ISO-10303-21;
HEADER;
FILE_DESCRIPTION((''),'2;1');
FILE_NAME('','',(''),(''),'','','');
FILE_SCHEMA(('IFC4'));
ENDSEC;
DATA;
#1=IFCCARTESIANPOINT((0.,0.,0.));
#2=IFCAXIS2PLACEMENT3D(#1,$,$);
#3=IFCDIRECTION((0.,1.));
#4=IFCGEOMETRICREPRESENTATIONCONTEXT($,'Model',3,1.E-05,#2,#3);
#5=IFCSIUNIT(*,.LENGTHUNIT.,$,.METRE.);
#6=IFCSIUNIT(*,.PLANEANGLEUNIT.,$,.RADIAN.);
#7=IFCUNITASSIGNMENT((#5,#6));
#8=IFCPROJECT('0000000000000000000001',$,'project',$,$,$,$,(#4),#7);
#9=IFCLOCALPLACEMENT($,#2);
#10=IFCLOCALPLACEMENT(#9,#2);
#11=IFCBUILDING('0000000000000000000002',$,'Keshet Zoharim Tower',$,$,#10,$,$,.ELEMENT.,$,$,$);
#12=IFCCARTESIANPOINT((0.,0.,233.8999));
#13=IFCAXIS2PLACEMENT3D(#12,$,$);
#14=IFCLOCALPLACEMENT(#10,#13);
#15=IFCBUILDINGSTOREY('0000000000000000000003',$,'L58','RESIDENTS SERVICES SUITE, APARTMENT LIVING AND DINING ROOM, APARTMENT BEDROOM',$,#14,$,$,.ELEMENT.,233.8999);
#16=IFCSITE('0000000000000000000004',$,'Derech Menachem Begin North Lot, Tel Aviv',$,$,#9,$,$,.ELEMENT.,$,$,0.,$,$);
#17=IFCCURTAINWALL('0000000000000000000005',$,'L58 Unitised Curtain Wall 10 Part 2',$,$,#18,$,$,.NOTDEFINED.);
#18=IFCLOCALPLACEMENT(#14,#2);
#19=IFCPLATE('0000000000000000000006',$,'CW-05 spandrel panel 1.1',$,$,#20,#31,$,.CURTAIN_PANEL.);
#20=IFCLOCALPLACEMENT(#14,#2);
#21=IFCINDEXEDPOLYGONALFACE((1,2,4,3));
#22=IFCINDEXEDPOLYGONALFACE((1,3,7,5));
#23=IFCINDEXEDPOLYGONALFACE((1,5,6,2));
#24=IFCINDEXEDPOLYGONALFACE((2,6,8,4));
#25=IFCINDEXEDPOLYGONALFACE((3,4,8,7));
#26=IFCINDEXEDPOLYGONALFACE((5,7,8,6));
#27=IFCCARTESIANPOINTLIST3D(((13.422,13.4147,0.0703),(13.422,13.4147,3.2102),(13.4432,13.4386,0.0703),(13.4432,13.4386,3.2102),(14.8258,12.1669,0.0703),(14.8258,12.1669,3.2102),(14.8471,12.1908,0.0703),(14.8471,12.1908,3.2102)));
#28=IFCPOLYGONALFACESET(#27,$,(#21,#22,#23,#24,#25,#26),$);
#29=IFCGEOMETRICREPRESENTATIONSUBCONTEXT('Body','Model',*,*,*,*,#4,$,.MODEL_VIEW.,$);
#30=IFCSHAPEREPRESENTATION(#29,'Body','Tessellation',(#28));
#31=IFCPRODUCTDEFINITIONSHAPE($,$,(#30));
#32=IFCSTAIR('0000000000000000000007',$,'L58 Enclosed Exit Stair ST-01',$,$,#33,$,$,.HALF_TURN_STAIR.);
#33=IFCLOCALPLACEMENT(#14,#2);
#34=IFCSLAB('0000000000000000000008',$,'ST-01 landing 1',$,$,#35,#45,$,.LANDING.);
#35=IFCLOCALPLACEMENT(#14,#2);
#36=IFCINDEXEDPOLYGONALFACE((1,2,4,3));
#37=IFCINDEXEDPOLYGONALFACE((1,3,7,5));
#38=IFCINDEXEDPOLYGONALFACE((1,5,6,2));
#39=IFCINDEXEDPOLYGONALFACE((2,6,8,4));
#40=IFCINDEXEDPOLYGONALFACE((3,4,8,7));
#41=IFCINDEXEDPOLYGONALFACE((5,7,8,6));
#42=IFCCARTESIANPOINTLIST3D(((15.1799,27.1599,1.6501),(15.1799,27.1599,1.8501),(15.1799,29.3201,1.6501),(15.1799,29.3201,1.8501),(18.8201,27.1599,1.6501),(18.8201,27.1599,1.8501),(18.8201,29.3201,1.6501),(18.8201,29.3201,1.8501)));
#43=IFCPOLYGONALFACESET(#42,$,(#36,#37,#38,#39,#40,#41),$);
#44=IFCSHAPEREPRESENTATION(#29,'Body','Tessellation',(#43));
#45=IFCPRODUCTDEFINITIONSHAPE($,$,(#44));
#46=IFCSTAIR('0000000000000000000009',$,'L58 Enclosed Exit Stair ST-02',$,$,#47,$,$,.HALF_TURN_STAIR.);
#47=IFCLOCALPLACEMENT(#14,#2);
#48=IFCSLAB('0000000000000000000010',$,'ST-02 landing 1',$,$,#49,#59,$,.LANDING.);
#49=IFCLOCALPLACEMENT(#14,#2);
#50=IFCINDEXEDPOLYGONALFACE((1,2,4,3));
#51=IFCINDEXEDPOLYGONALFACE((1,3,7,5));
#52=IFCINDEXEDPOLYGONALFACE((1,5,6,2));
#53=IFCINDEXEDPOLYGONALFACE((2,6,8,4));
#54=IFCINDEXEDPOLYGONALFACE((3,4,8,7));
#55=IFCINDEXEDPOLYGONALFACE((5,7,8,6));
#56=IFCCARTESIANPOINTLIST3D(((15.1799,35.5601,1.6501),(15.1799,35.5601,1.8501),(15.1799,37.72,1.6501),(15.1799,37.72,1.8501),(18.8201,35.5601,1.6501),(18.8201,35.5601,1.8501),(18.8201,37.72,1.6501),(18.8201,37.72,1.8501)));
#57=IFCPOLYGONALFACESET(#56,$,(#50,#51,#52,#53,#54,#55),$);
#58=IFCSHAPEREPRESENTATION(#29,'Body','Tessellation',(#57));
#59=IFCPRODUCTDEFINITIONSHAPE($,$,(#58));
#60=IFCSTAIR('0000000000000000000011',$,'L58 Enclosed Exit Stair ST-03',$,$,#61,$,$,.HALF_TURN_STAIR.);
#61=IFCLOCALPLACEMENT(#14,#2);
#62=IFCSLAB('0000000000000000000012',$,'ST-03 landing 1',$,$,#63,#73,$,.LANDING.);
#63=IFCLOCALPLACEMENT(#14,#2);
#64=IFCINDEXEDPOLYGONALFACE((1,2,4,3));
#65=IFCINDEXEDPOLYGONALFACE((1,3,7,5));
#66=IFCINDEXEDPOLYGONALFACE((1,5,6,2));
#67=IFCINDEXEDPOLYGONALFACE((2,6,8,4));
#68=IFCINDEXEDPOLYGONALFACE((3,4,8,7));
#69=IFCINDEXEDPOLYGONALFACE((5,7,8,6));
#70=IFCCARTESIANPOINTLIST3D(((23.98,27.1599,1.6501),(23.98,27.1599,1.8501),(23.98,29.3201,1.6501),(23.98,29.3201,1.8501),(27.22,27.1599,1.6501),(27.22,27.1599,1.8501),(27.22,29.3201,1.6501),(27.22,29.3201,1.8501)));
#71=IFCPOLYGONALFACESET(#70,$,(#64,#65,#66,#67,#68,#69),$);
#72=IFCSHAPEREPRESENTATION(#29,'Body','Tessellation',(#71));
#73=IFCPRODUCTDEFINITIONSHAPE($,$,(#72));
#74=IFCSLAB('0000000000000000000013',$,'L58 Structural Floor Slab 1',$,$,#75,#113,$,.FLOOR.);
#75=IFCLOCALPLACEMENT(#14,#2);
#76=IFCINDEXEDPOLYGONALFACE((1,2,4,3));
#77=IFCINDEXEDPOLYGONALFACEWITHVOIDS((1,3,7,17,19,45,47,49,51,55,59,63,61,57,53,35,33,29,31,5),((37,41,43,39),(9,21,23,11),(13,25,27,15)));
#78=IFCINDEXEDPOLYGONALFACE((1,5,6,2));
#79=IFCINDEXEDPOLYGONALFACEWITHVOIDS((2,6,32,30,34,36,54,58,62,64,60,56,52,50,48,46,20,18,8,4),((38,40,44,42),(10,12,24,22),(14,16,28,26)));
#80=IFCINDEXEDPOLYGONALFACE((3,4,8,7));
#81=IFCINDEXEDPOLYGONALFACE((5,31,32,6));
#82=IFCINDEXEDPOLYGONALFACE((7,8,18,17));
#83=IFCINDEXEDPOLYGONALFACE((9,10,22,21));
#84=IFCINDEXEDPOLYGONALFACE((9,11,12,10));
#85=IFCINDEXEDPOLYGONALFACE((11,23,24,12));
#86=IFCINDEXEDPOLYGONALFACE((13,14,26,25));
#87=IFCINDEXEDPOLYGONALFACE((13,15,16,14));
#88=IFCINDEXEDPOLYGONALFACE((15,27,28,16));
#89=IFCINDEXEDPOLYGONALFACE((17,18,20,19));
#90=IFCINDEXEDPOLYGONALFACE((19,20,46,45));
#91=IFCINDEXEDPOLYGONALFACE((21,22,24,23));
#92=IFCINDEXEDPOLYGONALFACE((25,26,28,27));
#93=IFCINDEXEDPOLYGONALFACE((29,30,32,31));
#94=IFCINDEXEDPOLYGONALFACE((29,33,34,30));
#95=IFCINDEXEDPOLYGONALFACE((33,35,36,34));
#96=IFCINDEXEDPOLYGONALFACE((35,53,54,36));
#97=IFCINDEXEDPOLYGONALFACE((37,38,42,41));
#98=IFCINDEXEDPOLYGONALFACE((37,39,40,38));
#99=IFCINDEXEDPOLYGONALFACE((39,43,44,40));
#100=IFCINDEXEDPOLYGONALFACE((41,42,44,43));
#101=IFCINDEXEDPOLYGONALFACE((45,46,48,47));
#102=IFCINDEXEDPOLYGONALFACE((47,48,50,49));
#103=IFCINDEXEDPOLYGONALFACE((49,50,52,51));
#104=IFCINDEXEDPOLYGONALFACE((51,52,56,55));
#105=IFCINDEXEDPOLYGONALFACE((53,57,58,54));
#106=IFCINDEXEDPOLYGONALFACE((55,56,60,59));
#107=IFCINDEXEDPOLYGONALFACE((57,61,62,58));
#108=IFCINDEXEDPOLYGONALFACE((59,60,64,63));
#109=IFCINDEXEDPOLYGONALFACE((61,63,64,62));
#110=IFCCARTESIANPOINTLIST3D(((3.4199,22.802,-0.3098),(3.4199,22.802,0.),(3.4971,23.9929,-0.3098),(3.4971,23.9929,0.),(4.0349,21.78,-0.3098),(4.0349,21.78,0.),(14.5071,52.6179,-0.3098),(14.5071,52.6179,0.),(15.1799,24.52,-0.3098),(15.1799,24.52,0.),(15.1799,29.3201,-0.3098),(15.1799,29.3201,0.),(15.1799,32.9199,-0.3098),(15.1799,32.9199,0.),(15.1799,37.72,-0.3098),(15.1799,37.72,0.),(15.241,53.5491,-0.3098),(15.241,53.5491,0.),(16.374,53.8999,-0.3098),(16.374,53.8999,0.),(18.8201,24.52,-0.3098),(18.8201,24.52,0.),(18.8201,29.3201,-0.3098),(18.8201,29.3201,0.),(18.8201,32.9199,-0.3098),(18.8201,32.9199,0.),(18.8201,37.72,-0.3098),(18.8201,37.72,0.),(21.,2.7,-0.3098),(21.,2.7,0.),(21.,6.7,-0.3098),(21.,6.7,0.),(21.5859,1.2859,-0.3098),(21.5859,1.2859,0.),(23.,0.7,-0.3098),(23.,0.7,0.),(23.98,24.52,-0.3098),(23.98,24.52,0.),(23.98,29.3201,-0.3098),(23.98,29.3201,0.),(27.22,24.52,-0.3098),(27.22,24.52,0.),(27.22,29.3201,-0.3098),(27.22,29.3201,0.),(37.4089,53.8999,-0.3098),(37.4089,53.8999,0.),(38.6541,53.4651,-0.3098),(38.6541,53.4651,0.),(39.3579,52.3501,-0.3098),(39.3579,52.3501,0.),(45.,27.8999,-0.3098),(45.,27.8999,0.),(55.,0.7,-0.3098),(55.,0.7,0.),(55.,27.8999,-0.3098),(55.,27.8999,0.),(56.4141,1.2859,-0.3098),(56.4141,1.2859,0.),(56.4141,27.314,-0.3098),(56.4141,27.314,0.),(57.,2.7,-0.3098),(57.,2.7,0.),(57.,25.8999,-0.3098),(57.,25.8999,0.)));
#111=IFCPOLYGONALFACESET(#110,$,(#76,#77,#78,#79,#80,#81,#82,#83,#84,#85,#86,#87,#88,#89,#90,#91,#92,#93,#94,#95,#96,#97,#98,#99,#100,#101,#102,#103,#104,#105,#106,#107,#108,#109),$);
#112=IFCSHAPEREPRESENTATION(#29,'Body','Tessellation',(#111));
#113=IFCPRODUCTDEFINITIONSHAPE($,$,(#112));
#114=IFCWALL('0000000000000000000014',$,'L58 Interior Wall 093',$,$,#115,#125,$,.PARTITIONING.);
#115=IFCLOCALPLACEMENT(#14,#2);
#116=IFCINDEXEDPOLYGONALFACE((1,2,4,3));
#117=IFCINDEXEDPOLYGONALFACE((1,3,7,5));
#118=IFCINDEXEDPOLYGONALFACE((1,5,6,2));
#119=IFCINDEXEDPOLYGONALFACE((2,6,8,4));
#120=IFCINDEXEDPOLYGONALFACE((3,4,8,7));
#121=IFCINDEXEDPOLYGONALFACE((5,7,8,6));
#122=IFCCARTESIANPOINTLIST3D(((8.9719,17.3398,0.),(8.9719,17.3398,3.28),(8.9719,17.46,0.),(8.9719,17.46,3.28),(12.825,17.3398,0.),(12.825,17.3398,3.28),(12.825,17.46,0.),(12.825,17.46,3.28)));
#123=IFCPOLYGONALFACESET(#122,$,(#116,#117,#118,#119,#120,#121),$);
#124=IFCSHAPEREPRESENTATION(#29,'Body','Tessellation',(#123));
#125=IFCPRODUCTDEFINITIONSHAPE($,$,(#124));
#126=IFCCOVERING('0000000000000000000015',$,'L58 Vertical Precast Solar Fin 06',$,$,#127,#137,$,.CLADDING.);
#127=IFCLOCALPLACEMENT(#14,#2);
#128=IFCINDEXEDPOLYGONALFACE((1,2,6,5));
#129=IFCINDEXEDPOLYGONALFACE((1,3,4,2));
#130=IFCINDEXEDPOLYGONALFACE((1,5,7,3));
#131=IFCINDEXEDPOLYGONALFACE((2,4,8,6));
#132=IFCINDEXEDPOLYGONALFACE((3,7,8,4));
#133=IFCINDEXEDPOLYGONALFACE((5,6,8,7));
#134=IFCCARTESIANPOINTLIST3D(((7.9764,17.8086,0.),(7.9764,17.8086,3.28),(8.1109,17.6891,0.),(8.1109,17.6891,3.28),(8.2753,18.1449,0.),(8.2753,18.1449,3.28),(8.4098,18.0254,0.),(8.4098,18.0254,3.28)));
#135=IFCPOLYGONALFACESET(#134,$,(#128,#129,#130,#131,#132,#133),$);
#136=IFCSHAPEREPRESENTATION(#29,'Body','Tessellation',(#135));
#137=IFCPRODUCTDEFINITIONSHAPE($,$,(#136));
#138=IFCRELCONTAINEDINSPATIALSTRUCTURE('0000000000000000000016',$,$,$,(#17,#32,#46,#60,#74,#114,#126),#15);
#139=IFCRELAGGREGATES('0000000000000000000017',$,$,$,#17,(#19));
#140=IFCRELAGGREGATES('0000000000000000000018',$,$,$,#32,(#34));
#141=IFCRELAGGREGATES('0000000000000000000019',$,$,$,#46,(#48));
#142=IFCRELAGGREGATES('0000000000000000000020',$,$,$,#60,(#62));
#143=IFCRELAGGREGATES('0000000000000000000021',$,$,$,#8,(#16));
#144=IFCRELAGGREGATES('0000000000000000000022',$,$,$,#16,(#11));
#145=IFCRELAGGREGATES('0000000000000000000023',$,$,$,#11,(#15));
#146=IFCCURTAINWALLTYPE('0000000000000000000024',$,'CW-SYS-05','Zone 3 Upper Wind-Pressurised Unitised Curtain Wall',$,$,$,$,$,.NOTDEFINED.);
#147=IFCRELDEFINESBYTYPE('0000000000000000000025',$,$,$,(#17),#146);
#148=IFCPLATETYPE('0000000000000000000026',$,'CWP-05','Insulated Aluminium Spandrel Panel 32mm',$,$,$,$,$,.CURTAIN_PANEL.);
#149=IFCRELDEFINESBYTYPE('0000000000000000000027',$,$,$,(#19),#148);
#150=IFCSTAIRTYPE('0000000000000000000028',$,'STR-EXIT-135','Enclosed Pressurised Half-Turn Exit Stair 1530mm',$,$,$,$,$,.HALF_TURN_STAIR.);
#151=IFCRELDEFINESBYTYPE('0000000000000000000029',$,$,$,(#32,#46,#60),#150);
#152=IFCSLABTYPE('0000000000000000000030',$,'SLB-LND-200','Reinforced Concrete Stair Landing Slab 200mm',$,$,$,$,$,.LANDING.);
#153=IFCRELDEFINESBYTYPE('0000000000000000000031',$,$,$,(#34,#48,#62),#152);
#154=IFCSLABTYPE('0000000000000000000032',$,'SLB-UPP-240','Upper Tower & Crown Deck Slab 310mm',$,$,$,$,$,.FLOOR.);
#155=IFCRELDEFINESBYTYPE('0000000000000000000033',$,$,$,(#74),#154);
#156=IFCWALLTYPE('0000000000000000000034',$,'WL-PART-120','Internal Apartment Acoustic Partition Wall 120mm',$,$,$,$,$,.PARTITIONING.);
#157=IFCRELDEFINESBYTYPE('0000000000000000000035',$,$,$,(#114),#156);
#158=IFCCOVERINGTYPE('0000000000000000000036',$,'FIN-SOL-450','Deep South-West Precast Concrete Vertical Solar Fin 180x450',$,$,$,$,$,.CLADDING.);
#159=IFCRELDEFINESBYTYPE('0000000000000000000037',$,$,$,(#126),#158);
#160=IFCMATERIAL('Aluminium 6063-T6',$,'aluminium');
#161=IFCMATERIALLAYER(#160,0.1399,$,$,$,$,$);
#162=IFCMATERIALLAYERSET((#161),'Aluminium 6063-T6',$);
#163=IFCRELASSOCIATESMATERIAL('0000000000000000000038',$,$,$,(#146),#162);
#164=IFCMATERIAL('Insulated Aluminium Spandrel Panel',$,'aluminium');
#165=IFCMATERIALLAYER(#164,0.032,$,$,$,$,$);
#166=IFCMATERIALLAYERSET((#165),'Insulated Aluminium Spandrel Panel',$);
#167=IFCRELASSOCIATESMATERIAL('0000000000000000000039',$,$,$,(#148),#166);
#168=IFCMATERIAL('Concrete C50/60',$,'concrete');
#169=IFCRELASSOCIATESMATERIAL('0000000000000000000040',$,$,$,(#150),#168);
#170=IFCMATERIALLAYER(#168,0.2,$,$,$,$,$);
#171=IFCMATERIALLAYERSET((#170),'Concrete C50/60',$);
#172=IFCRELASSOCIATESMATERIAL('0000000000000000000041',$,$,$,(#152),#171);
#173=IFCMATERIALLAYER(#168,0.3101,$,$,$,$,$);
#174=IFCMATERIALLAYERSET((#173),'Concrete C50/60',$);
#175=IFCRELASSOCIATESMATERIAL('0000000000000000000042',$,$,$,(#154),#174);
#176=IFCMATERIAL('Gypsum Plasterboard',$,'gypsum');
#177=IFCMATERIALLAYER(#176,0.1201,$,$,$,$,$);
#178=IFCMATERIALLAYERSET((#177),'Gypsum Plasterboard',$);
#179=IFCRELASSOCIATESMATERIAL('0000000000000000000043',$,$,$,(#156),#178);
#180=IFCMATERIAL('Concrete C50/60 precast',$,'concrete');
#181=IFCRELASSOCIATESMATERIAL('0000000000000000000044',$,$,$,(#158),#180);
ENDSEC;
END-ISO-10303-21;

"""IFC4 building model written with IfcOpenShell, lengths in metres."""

from ifc_helpers import new_model, si_unit, direction, frame, frame_2d, origin, origin_2d, place, context, subcontext, project, spatial, polyline, rectangle, outline, extrude, material, layer, layer_set, type_object, element, aggregate, save


model = new_model("IFC4")

# Units and contexts
model_context = context("Model", 3, precision=1e-05, world=origin(), true_north=direction((0.0, 1.0)))
body_context = subcontext(model_context, "Body", "Model", "MODEL_VIEW")
ifc_project = project(units=[si_unit("LENGTHUNIT", "METRE"), si_unit("PLANEANGLEUNIT", "RADIAN")], contexts=[model_context])

# Site, building, storey
site_placement = place(None, origin())
site = spatial("IfcSite", under=ifc_project, at=site_placement, Name="Derech Menachem Begin North Lot, Tel Aviv", CompositionType="ELEMENT", RefElevation=0.0)
building_placement = place(site_placement, origin())
building = spatial("IfcBuilding", under=site, at=building_placement, Name="Keshet Zoharim Tower", CompositionType="ELEMENT")
storey_placement = place(building_placement, frame((0.0, 0.0, 233.8999)))
storey = spatial("IfcBuildingStorey", under=building, at=storey_placement, Name="L58", Description="RESIDENTS SERVICES SUITE, APARTMENT LIVING AND DINING ROOM, APARTMENT BEDROOM", CompositionType="ELEMENT", Elevation=233.8999)

# Shared definitions
ifc_material_1 = material(Name="Concrete C50/60", Category="concrete")

# Shared definitions
ifc_material_2 = material(Name="Aluminium 6063-T6", Category="aluminium")
ifc_layer_1 = layer(ifc_material_2, 0.1399)
ifc_layer_set_1 = layer_set([ifc_layer_1], Name="Aluminium 6063-T6")
curtain_wall_type = type_object("IfcCurtainWallType", Name="CW-SYS-05", Description="Zone 3 Upper Wind-Pressurised Unitised Curtain Wall", PredefinedType="NOTDEFINED", material=ifc_layer_set_1)

# Curtain wall
curtain_wall_1_placement = place(storey_placement, origin())
curtain_wall_1 = element("IfcCurtainWall", 1, at=curtain_wall_1_placement, inside=storey, type_object=curtain_wall_type, Name="L58 Unitised Curtain Wall 10 Part 2", PredefinedType="NOTDEFINED")

# Plate
ifc_material_3 = material(Name="Insulated Aluminium Spandrel Panel", Category="aluminium")
ifc_layer_2 = layer(ifc_material_3, 0.032)
ifc_layer_set_2 = layer_set([ifc_layer_2], Name="Insulated Aluminium Spandrel Panel")
plate_type_1 = type_object("IfcPlateType", Name="CWP-05", Description="Insulated Aluminium Spandrel Panel 32mm", PredefinedType="CURTAIN_PANEL", material=ifc_layer_set_2)
plate_1_placement = place(storey_placement, frame((14.1345, 12.8027, 0.0703), z_axis=(0.0, 0.0, 1.0), x_axis=(-0.747435, 0.664335, 0.0)))
plate_1 = element("IfcPlate", 2, at=plate_1_placement, type_object=plate_type_1, Name="CW-05 spandrel panel 1.1", PredefinedType="CURTAIN_PANEL", context=body_context, shape_type="SweptSolid", body=[
    extrude(rectangle(XDim=1.8782, YDim=0.032, at=origin_2d()), origin(), (0.0, 0.0, 1.0), 3.1399),
])
aggregate(curtain_wall_1, [plate_1])

# Stairs, slabs
stair_type = type_object("IfcStairType", Name="STR-EXIT-135", Description="Enclosed Pressurised Half-Turn Exit Stair 1530mm", PredefinedType="HALF_TURN_STAIR", material=ifc_material_1)
stair_1_placement = place(storey_placement, origin())
stair_1 = element("IfcStair", 3, at=stair_1_placement, inside=storey, type_object=stair_type, Name="L58 Enclosed Exit Stair ST-01", PredefinedType="HALF_TURN_STAIR")
ifc_layer_3 = layer(ifc_material_1, 0.2)
ifc_layer_set_3 = layer_set([ifc_layer_3], Name="Concrete C50/60")
slab_type_1 = type_object("IfcSlabType", Name="SLB-LND-200", Description="Reinforced Concrete Stair Landing Slab 200mm", PredefinedType="LANDING", material=ifc_layer_set_3)
slab_1_placement = place(storey_placement, frame((0.0, 0.0, 1.6501)))
slab_1 = element("IfcSlab", 4, at=slab_1_placement, type_object=slab_type_1, Name="ST-01 landing 1", PredefinedType="LANDING", context=body_context, shape_type="SweptSolid", body=[
    extrude(outline(polyline([(15.1799, 27.1599), (18.8201, 27.1599), (18.8201, 29.3201), (15.1799, 29.3201), (15.1799, 27.1599)])), origin(), (0.0, 0.0, 1.0), 0.2),
])
aggregate(stair_1, [slab_1])
stair_2_placement = place(storey_placement, origin())
stair_2 = element("IfcStair", 5, at=stair_2_placement, inside=storey, type_object=stair_type, Name="L58 Enclosed Exit Stair ST-02", PredefinedType="HALF_TURN_STAIR")
slab_2_placement = place(storey_placement, frame((0.0, 0.0, 1.6501)))
slab_2 = element("IfcSlab", 6, at=slab_2_placement, type_object=slab_type_1, Name="ST-02 landing 1", PredefinedType="LANDING", context=body_context, shape_type="SweptSolid", body=[
    extrude(outline(polyline([(15.1799, 35.5601), (18.8201, 35.5601), (18.8201, 37.72), (15.1799, 37.72), (15.1799, 35.5601)])), origin(), (0.0, 0.0, 1.0), 0.2),
])
aggregate(stair_2, [slab_2])
stair_3_placement = place(storey_placement, origin())
stair_3 = element("IfcStair", 7, at=stair_3_placement, inside=storey, type_object=stair_type, Name="L58 Enclosed Exit Stair ST-03", PredefinedType="HALF_TURN_STAIR")
slab_3_placement = place(storey_placement, frame((0.0, 0.0, 1.6501)))
slab_3 = element("IfcSlab", 8, at=slab_3_placement, type_object=slab_type_1, Name="ST-03 landing 1", PredefinedType="LANDING", context=body_context, shape_type="SweptSolid", body=[
    extrude(outline(polyline([(23.98, 27.1599), (27.22, 27.1599), (27.22, 29.3201), (23.98, 29.3201), (23.98, 27.1599)])), origin(), (0.0, 0.0, 1.0), 0.2),
])
aggregate(stair_3, [slab_3])

# Slab
ifc_layer_4 = layer(ifc_material_1, 0.3101)
ifc_layer_set_4 = layer_set([ifc_layer_4], Name="Concrete C50/60")
slab_type_2 = type_object("IfcSlabType", Name="SLB-UPP-240", Description="Upper Tower & Crown Deck Slab 310mm", PredefinedType="FLOOR", material=ifc_layer_set_4)
slab_4_placement = place(storey_placement, frame((0.0, 0.0, -0.3098)))
element("IfcSlab", 9, at=slab_4_placement, inside=storey, type_object=slab_type_2, Name="L58 Structural Floor Slab 1", PredefinedType="FLOOR", context=body_context, shape_type="SweptSolid", body=[
    extrude(outline(polyline([(55.0, 27.8999), (56.4141, 27.314), (57.0, 25.8999), (57.0, 2.7), (56.4141, 1.2859), (55.0, 0.7), (23.0, 0.7), (21.5859, 1.2859), (21.0, 2.7), (21.0, 6.7), (4.0349, 21.78), (3.4199, 22.802), (3.4971, 23.9929), (14.5071, 52.6179), (15.241, 53.5491), (16.374, 53.8999), (37.4089, 53.8999), (38.6541, 53.4651), (39.3579, 52.3501), (45.0, 27.8999), (55.0, 27.8999)]), holes=[polyline([(15.1799, 24.52), (18.8201, 24.52), (18.8201, 29.3201), (15.1799, 29.3201), (15.1799, 24.52)]), polyline([(15.1799, 32.9199), (18.8201, 32.9199), (18.8201, 37.72), (15.1799, 37.72), (15.1799, 32.9199)]), polyline([(23.98, 24.52), (27.22, 24.52), (27.22, 29.3201), (23.98, 29.3201), (23.98, 24.52)])]), origin(), (0.0, 0.0, 1.0), 0.3098),
])

# Shared definitions
ifc_material_4 = material(Name="Gypsum Plasterboard", Category="gypsum")

# Wall
ifc_layer_5 = layer(ifc_material_4, 0.1201)
ifc_layer_set_5 = layer_set([ifc_layer_5], Name="Gypsum Plasterboard")
wall_type_1 = type_object("IfcWallType", Name="WL-PART-120", Description="Internal Apartment Acoustic Partition Wall 120mm", PredefinedType="PARTITIONING", material=ifc_layer_set_5)
wall_1_placement = place(storey_placement, frame((8.9719, 17.3999, 0.0), z_axis=(0.0, 0.0, 1.0), x_axis=(1.0, 0.0, 0.0)))
element("IfcWall", 10, at=wall_1_placement, inside=storey, type_object=wall_type_1, Name="L58 Interior Wall 093", PredefinedType="PARTITIONING", context=body_context, shape_type="SweptSolid", body=[
    extrude(rectangle(XDim=3.853, YDim=0.1201, at=frame_2d((1.9265, 0.0))), origin(), (0.0, 0.0, 1.0), 3.28),
])

# Covering
ifc_material_5 = material(Name="Concrete C50/60 precast", Category="concrete")
covering_type = type_object("IfcCoveringType", Name="FIN-SOL-450", Description="Deep South-West Precast Concrete Vertical Solar Fin 180x450", PredefinedType="CLADDING", material=ifc_material_5)
covering_placement = place(storey_placement, frame((8.1931, 17.917, 0.0), z_axis=(0.0, 0.0, 1.0), x_axis=(-0.747409, 0.664364, 0.0)))
element("IfcCovering", 11, at=covering_placement, inside=storey, type_object=covering_type, Name="L58 Vertical Precast Solar Fin 06", PredefinedType="CLADDING", context=body_context, shape_type="SweptSolid", body=[
    extrude(rectangle(XDim=0.1799, YDim=0.45, at=origin_2d()), origin(), (0.0, 0.0, 1.0), 3.28),
])

save(model, "model.ifc")
